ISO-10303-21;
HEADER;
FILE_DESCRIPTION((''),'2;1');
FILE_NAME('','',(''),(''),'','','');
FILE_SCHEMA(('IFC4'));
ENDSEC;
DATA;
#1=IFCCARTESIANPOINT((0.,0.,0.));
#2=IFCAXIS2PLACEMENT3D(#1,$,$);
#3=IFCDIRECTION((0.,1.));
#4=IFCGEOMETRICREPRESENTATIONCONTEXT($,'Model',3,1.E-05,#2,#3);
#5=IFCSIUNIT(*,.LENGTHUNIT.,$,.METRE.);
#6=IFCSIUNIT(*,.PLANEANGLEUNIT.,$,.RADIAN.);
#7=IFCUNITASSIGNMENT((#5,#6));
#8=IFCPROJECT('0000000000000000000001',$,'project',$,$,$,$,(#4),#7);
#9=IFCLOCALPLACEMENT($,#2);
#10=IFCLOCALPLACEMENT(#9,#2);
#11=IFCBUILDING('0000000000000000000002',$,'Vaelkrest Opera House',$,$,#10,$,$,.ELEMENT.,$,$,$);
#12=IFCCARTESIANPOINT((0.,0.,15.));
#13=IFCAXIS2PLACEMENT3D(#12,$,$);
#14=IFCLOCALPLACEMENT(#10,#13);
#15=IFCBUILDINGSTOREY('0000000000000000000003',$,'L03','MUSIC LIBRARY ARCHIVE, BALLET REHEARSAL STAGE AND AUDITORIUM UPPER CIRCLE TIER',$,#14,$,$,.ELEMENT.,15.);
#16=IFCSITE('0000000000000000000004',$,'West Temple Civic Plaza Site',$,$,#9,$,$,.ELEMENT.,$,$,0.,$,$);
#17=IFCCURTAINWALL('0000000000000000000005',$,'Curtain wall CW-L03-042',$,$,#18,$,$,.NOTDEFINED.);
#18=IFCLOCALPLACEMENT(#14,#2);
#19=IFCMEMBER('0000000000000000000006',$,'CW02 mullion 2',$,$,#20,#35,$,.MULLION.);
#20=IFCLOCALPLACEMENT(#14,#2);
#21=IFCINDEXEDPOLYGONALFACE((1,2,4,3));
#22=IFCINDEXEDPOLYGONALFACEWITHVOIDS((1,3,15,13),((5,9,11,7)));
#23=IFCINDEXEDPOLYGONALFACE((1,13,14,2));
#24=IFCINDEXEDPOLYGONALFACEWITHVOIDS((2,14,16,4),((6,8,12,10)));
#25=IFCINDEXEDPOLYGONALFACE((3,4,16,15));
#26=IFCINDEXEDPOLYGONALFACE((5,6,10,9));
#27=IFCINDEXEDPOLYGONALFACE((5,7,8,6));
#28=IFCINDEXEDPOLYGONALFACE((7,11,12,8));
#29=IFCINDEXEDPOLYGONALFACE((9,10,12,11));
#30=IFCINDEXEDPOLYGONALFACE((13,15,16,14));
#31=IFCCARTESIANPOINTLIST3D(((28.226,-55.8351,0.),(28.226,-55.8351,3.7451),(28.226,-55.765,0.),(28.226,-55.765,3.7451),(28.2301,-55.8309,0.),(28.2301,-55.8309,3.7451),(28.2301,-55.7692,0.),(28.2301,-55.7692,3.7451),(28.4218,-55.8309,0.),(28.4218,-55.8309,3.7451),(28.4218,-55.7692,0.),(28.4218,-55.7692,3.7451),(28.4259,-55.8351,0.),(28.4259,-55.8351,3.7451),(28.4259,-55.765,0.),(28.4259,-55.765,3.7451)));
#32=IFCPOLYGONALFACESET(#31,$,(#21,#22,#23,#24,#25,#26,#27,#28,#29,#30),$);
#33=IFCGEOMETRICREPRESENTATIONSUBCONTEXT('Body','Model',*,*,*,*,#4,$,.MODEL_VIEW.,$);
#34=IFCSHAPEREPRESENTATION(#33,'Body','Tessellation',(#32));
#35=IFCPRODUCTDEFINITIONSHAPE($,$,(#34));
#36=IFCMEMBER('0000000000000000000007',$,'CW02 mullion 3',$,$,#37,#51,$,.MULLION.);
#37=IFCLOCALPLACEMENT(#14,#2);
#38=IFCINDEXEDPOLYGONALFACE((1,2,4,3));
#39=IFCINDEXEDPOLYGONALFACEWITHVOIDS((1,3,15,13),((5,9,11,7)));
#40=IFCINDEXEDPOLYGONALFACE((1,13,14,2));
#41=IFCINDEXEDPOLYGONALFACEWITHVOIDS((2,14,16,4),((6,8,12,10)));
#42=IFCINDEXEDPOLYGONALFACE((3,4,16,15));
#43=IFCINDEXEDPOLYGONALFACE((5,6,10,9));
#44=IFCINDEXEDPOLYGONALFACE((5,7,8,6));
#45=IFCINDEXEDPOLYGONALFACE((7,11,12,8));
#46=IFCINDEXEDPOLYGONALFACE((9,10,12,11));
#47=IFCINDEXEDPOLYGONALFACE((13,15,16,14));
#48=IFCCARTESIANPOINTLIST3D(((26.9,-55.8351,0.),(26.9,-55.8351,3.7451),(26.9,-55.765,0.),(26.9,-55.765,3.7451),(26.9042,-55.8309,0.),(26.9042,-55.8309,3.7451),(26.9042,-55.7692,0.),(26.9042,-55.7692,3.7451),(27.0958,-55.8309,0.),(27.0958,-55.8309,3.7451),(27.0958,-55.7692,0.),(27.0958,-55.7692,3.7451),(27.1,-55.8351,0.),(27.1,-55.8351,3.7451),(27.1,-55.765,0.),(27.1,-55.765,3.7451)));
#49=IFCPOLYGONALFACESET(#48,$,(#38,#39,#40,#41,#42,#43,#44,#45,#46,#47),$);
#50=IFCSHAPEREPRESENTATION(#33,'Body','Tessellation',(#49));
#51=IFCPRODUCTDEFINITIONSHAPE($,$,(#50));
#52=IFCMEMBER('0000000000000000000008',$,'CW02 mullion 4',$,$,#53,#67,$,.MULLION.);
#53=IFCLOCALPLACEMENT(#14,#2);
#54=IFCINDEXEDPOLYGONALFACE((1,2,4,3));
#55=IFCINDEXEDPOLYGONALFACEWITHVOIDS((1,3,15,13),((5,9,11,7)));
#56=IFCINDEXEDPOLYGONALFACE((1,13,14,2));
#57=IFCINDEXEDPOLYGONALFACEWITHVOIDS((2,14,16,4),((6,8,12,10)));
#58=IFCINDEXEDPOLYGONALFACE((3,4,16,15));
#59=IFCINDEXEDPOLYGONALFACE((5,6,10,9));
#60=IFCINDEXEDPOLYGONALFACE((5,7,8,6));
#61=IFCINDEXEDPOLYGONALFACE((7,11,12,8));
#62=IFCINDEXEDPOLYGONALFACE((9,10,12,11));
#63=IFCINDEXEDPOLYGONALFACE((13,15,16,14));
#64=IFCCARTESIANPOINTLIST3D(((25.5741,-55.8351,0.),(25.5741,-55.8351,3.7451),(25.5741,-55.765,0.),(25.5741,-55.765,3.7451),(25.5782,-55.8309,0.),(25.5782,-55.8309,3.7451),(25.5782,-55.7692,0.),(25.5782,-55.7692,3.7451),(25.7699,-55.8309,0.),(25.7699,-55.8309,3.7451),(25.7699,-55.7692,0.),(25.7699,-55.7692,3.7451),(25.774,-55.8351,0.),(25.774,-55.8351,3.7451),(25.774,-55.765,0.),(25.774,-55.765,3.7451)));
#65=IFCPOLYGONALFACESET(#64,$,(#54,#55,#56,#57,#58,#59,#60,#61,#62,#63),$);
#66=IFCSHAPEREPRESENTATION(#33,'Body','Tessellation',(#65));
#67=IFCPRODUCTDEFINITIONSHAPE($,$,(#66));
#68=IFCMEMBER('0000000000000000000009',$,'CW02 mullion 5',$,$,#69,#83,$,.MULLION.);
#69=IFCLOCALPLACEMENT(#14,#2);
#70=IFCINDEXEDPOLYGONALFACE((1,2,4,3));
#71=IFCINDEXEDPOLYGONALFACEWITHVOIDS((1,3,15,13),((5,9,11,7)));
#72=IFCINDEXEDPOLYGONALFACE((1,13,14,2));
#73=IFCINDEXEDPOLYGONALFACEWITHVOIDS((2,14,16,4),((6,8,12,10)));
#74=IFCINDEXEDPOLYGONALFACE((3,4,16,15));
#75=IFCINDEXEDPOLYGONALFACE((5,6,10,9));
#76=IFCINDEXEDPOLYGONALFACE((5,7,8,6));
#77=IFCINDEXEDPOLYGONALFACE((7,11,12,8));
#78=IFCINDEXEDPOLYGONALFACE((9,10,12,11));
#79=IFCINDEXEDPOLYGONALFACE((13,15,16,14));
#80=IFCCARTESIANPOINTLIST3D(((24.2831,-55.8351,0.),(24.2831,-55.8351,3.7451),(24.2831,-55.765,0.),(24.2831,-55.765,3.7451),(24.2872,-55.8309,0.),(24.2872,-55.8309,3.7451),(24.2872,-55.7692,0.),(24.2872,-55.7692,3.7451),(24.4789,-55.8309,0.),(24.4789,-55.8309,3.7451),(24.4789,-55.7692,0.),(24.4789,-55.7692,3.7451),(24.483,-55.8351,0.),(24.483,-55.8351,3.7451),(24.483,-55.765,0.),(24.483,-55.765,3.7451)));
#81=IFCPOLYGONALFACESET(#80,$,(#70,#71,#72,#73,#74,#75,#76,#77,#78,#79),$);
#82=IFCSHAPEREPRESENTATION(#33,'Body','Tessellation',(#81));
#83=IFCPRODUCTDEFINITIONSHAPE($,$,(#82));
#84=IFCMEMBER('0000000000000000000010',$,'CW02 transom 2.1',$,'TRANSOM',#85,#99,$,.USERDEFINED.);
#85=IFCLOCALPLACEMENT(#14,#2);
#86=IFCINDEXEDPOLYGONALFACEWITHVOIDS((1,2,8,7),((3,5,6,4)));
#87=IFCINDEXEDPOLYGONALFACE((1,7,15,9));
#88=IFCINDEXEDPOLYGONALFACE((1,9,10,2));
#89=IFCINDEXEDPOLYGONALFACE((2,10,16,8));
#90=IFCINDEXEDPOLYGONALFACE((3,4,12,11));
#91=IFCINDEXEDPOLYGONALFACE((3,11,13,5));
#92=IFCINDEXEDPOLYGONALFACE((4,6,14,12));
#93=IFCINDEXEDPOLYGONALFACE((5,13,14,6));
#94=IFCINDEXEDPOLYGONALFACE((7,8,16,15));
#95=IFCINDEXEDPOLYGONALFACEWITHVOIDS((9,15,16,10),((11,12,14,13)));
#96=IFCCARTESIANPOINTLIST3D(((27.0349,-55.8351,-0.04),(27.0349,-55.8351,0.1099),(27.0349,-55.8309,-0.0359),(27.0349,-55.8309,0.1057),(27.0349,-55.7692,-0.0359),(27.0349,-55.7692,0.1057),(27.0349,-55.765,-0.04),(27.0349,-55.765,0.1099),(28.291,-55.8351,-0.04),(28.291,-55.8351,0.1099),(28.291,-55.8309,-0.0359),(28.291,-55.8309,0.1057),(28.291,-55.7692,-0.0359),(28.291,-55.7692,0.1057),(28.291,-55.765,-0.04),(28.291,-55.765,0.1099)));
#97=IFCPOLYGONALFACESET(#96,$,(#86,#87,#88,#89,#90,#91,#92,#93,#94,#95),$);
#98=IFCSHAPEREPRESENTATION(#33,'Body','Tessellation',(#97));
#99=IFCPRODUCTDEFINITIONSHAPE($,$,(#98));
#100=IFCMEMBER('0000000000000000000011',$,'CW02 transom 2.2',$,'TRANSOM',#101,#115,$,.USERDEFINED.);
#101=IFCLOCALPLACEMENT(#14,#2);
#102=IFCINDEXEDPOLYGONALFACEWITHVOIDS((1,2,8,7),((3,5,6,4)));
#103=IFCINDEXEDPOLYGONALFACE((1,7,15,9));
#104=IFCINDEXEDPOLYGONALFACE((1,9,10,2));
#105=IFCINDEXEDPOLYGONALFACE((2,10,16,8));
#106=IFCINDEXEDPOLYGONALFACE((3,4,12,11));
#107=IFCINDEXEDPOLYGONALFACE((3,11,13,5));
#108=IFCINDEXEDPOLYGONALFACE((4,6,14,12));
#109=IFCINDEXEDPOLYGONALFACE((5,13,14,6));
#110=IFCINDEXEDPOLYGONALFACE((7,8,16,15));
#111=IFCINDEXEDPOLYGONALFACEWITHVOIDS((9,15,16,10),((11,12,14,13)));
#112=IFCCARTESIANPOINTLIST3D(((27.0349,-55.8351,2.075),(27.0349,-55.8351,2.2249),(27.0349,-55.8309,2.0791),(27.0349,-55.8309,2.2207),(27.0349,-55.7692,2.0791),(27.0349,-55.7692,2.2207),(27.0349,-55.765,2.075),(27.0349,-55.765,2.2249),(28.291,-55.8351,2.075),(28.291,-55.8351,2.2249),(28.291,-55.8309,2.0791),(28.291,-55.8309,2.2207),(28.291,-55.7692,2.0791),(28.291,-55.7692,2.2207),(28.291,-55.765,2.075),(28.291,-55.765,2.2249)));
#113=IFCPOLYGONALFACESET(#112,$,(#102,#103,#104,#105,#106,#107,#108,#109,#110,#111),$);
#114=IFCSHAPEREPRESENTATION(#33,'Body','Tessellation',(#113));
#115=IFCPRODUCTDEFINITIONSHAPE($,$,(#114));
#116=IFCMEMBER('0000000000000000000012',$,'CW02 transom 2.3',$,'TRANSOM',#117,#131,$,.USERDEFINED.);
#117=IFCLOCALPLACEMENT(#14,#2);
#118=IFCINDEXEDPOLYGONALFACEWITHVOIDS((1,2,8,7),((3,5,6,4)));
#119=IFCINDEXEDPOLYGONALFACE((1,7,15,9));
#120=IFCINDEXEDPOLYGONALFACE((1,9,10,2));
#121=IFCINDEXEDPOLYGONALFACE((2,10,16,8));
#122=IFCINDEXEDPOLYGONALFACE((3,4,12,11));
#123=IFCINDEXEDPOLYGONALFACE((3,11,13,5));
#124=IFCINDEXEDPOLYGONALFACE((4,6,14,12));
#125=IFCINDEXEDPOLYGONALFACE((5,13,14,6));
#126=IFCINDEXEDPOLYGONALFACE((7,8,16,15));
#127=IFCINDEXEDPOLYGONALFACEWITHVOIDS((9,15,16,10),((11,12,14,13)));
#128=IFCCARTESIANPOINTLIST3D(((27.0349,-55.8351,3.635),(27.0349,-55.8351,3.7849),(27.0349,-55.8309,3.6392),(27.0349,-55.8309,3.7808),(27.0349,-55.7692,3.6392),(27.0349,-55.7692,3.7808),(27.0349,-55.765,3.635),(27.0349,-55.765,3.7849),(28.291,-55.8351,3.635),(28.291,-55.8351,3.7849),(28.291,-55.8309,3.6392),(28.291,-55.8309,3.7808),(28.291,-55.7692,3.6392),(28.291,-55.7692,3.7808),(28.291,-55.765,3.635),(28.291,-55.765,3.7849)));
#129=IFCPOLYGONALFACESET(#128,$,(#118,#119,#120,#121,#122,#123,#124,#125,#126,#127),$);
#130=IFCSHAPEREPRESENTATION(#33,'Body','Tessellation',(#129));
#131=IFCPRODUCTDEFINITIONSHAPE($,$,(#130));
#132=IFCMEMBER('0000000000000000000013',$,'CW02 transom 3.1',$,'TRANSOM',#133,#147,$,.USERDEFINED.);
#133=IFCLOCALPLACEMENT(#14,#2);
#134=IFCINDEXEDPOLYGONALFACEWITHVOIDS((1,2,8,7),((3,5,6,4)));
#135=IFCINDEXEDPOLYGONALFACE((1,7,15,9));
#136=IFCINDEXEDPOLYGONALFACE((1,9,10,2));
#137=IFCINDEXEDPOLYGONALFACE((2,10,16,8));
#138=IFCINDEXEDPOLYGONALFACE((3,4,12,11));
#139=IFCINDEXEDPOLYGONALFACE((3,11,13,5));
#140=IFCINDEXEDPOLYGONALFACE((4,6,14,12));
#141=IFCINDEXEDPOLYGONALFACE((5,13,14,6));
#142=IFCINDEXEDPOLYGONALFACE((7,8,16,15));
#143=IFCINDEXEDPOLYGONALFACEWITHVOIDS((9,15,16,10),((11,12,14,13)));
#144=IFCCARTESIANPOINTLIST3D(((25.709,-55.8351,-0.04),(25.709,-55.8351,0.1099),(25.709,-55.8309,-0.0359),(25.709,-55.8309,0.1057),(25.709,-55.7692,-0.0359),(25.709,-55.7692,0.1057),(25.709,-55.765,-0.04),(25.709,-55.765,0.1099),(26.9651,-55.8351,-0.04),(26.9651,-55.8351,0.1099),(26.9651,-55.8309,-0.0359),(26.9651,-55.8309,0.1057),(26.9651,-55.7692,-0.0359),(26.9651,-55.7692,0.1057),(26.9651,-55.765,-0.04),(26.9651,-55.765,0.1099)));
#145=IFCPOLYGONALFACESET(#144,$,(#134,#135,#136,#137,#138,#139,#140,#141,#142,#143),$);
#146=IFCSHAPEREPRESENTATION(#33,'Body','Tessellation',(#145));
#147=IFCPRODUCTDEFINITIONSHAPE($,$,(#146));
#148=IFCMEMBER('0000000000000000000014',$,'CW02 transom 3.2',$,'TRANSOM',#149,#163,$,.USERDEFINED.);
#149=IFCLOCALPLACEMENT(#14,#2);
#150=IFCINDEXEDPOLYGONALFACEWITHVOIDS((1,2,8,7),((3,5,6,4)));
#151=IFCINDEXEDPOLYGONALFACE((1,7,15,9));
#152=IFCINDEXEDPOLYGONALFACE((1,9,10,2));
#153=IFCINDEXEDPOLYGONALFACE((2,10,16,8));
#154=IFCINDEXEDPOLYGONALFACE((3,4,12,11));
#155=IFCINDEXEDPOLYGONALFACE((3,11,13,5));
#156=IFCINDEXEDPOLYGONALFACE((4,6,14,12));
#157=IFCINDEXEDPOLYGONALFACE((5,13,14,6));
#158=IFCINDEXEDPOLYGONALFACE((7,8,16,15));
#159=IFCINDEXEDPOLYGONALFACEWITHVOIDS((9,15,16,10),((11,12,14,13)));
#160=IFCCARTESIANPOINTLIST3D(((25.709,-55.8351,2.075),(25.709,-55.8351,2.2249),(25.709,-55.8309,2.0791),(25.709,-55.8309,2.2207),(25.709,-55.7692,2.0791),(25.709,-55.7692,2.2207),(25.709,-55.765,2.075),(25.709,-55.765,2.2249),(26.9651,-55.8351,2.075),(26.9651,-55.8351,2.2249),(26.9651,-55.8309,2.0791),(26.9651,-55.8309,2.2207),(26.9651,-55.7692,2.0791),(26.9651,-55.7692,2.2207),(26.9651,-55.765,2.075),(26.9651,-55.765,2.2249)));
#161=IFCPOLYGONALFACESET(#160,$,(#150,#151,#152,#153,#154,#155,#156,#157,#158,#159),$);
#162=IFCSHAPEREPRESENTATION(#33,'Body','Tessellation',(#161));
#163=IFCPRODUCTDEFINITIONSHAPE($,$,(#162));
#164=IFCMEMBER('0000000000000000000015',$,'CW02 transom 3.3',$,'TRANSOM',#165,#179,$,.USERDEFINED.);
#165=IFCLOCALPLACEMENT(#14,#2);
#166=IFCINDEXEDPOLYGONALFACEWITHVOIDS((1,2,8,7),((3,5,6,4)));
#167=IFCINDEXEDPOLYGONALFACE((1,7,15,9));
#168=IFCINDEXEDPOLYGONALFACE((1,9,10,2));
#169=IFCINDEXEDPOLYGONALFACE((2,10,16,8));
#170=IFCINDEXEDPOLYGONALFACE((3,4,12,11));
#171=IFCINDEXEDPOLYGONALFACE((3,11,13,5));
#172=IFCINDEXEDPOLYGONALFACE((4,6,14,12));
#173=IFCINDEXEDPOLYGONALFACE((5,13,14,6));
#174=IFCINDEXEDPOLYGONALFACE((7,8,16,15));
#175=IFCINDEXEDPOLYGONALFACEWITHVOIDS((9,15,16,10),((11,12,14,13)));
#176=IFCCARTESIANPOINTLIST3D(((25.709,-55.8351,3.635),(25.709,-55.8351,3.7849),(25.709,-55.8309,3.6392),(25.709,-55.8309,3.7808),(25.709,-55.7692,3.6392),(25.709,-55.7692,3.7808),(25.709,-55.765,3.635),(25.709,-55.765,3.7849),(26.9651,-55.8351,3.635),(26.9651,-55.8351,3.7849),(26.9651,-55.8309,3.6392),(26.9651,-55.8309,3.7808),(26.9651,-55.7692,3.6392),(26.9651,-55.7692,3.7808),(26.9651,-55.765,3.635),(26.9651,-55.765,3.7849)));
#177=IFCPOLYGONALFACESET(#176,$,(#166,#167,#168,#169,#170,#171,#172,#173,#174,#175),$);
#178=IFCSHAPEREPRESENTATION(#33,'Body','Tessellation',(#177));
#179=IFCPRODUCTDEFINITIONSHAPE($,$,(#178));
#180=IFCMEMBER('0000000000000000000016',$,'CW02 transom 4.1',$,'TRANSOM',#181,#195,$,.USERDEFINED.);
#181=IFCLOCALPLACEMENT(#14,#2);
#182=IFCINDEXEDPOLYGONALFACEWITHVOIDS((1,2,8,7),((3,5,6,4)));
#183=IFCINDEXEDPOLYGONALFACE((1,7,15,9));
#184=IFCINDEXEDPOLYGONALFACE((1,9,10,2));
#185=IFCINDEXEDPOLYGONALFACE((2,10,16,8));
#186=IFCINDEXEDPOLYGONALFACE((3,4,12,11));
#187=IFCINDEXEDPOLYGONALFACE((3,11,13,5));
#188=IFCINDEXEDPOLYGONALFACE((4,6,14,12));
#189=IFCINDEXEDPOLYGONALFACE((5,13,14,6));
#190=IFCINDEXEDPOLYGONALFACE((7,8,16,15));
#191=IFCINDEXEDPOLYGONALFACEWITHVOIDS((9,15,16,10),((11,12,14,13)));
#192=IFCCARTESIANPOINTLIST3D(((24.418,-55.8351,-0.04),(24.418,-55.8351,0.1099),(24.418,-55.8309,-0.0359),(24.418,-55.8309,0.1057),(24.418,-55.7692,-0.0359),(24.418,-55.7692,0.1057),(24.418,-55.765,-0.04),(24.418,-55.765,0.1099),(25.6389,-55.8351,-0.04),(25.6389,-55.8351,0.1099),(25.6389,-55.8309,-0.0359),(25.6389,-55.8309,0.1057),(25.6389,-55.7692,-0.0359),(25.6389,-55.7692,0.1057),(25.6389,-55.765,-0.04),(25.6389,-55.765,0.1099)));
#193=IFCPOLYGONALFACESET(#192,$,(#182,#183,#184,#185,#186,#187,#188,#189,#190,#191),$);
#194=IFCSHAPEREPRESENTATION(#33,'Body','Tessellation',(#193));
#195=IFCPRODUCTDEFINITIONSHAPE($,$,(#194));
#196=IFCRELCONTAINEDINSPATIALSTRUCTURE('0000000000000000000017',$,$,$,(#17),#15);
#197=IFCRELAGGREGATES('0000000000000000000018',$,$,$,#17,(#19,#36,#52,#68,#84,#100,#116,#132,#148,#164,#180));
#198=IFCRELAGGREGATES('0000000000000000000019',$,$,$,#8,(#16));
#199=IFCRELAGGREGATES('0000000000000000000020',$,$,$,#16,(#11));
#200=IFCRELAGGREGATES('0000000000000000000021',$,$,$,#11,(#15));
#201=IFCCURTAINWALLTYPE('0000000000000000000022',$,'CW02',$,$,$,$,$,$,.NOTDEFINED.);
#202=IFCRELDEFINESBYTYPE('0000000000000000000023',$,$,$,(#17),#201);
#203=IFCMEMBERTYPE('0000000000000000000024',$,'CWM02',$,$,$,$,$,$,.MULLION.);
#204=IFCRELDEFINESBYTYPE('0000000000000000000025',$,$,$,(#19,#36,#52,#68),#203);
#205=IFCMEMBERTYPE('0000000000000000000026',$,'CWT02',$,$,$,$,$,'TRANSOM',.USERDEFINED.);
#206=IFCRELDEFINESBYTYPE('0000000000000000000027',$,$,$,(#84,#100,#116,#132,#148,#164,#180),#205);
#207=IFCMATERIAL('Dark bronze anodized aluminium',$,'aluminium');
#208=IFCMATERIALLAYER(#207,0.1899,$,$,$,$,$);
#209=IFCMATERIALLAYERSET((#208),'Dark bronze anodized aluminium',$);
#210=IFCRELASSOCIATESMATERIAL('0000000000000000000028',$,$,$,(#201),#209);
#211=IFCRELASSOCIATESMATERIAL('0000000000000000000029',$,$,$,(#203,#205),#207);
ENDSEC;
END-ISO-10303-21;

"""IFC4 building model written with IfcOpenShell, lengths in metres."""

from ifc_helpers import new_model, si_unit, direction, frame, origin, origin_2d, place, context, subcontext, project, spatial, hollow_rectangle, extrude, material, layer, layer_set, material_profile, profile_set, type_object, element, aggregate, save


model = new_model("IFC4")

# Units and contexts
model_context = context("Model", 3, precision=1e-05, world=origin(), true_north=direction((0.0, 1.0)))
body_context = subcontext(model_context, "Body", "Model", "MODEL_VIEW")
ifc_project = project(units=[si_unit("LENGTHUNIT", "METRE"), si_unit("PLANEANGLEUNIT", "RADIAN")], contexts=[model_context])

# Site, building, storey
site_placement = place(None, origin())
site = spatial("IfcSite", under=ifc_project, at=site_placement, Name="West Temple Civic Plaza Site", CompositionType="ELEMENT", RefElevation=0.0)
building_placement = place(site_placement, origin())
building = spatial("IfcBuilding", under=site, at=building_placement, Name="Vaelkrest Opera House", CompositionType="ELEMENT")
storey_placement = place(building_placement, frame((0.0, 0.0, 15.0)))
storey = spatial("IfcBuildingStorey", under=building, at=storey_placement, Name="L03", Description="MUSIC LIBRARY ARCHIVE, BALLET REHEARSAL STAGE AND AUDITORIUM UPPER CIRCLE TIER", CompositionType="ELEMENT", Elevation=15.0)

# Curtain wall, members
ifc_material_1 = material(Name="Dark bronze anodized aluminium", Category="aluminium")
ifc_layer_1 = layer(ifc_material_1, 0.1899)
ifc_layer_set_1 = layer_set([ifc_layer_1], Name="Dark bronze anodized aluminium")
curtain_wall_type = type_object("IfcCurtainWallType", Name="CW02", PredefinedType="NOTDEFINED", material=ifc_layer_set_1)
curtain_wall_placement = place(storey_placement, origin())
curtain_wall = element("IfcCurtainWall", 1, at=curtain_wall_placement, inside=storey, type_object=curtain_wall_type, Name="Curtain wall CW-L03-042", PredefinedType="NOTDEFINED")
ifc_material_profile_1 = material_profile(ifc_material_1, hollow_rectangle(XDim=0.0701, YDim=0.2, WallThickness=0.0042, at=origin_2d()), Name="CWM70X200")
ifc_profile_set_1 = profile_set([ifc_material_profile_1], Name="Dark bronze anodized aluminium")
member_type_1 = type_object("IfcMemberType", Name="CWM02", PredefinedType="MULLION", material=ifc_profile_set_1)
member_1_placement = place(storey_placement, frame((28.3259, -55.8, 0.0), z_axis=(0.0, 0.0, 1.0), x_axis=(0.0, -1.0, 0.0)))
member_1 = element("IfcMember", 2, at=member_1_placement, type_object=member_type_1, Name="CW02 mullion 2", PredefinedType="MULLION", context=body_context, shape_type="SweptSolid", body=[
    extrude(hollow_rectangle(XDim=0.0701, YDim=0.2, WallThickness=0.0042, at=origin_2d()), origin(), (0.0, 0.0, 1.0), 3.7451),
])
member_2_placement = place(storey_placement, frame((27.0, -55.8, 0.0), z_axis=(0.0, 0.0, 1.0), x_axis=(0.0, -1.0, 0.0)))
member_2 = element("IfcMember", 3, at=member_2_placement, type_object=member_type_1, Name="CW02 mullion 3", PredefinedType="MULLION", context=body_context, shape_type="SweptSolid", body=[
    extrude(hollow_rectangle(XDim=0.0701, YDim=0.2, WallThickness=0.0042, at=origin_2d()), origin(), (0.0, 0.0, 1.0), 3.7451),
])
member_3_placement = place(storey_placement, frame((25.6741, -55.8, 0.0), z_axis=(0.0, 0.0, 1.0), x_axis=(0.0, -1.0, 0.0)))
member_3 = element("IfcMember", 4, at=member_3_placement, type_object=member_type_1, Name="CW02 mullion 4", PredefinedType="MULLION", context=body_context, shape_type="SweptSolid", body=[
    extrude(hollow_rectangle(XDim=0.0701, YDim=0.2, WallThickness=0.0042, at=origin_2d()), origin(), (0.0, 0.0, 1.0), 3.7451),
])
member_4_placement = place(storey_placement, frame((24.3831, -55.8, 0.0), z_axis=(0.0, 0.0, 1.0), x_axis=(0.0, -1.0, 0.0)))
member_4 = element("IfcMember", 5, at=member_4_placement, type_object=member_type_1, Name="CW02 mullion 5", PredefinedType="MULLION", context=body_context, shape_type="SweptSolid", body=[
    extrude(hollow_rectangle(XDim=0.0701, YDim=0.2, WallThickness=0.0042, at=origin_2d()), origin(), (0.0, 0.0, 1.0), 3.7451),
])
ifc_material_profile_2 = material_profile(ifc_material_1, hollow_rectangle(XDim=0.0701, YDim=0.1499, WallThickness=0.0042, at=origin_2d()), Name="CWT70X150")
ifc_profile_set_2 = profile_set([ifc_material_profile_2], Name="Dark bronze anodized aluminium")
member_type_2 = type_object("IfcMemberType", Name="CWT02", ElementType="TRANSOM", PredefinedType="USERDEFINED", material=ifc_profile_set_2)
member_5_placement = place(storey_placement, frame((28.291, -55.8, 0.0349), z_axis=(-1.0, 0.0, 0.0), x_axis=(0.0, -1.0, 0.0)))
member_5 = element("IfcMember", 6, at=member_5_placement, type_object=member_type_2, Name="CW02 transom 2.1", ObjectType="TRANSOM", PredefinedType="USERDEFINED", context=body_context, shape_type="SweptSolid", body=[
    extrude(hollow_rectangle(XDim=0.0701, YDim=0.1499, WallThickness=0.0042, at=origin_2d()), origin(), (0.0, 0.0, 1.0), 1.2561),
])
member_6_placement = place(storey_placement, frame((28.291, -55.8, 2.1499), z_axis=(-1.0, 0.0, 0.0), x_axis=(0.0, -1.0, 0.0)))
member_6 = element("IfcMember", 7, at=member_6_placement, type_object=member_type_2, Name="CW02 transom 2.2", ObjectType="TRANSOM", PredefinedType="USERDEFINED", context=body_context, shape_type="SweptSolid", body=[
    extrude(hollow_rectangle(XDim=0.0701, YDim=0.1499, WallThickness=0.0042, at=origin_2d()), origin(), (0.0, 0.0, 1.0), 1.2561),
])
member_7_placement = place(storey_placement, frame((28.291, -55.8, 3.71), z_axis=(-1.0, 0.0, 0.0), x_axis=(0.0, -1.0, 0.0)))
member_7 = element("IfcMember", 8, at=member_7_placement, type_object=member_type_2, Name="CW02 transom 2.3", ObjectType="TRANSOM", PredefinedType="USERDEFINED", context=body_context, shape_type="SweptSolid", body=[
    extrude(hollow_rectangle(XDim=0.0701, YDim=0.1499, WallThickness=0.0042, at=origin_2d()), origin(), (0.0, 0.0, 1.0), 1.2561),
])
member_8_placement = place(storey_placement, frame((26.9651, -55.8, 0.0349), z_axis=(-1.0, 0.0, 0.0), x_axis=(0.0, -1.0, 0.0)))
member_8 = element("IfcMember", 9, at=member_8_placement, type_object=member_type_2, Name="CW02 transom 3.1", ObjectType="TRANSOM", PredefinedType="USERDEFINED", context=body_context, shape_type="SweptSolid", body=[
    extrude(hollow_rectangle(XDim=0.0701, YDim=0.1499, WallThickness=0.0042, at=origin_2d()), origin(), (0.0, 0.0, 1.0), 1.2561),
])
member_9_placement = place(storey_placement, frame((26.9651, -55.8, 2.1499), z_axis=(-1.0, 0.0, 0.0), x_axis=(0.0, -1.0, 0.0)))
member_9 = element("IfcMember", 10, at=member_9_placement, type_object=member_type_2, Name="CW02 transom 3.2", ObjectType="TRANSOM", PredefinedType="USERDEFINED", context=body_context, shape_type="SweptSolid", body=[
    extrude(hollow_rectangle(XDim=0.0701, YDim=0.1499, WallThickness=0.0042, at=origin_2d()), origin(), (0.0, 0.0, 1.0), 1.2561),
])
member_10_placement = place(storey_placement, frame((26.9651, -55.8, 3.71), z_axis=(-1.0, 0.0, 0.0), x_axis=(0.0, -1.0, 0.0)))
member_10 = element("IfcMember", 11, at=member_10_placement, type_object=member_type_2, Name="CW02 transom 3.3", ObjectType="TRANSOM", PredefinedType="USERDEFINED", context=body_context, shape_type="SweptSolid", body=[
    extrude(hollow_rectangle(XDim=0.0701, YDim=0.1499, WallThickness=0.0042, at=origin_2d()), origin(), (0.0, 0.0, 1.0), 1.2561),
])
member_11_placement = place(storey_placement, frame((25.6389, -55.8, 0.0349), z_axis=(-1.0, 0.0, 0.0), x_axis=(0.0, -1.0, 0.0)))
member_11 = element("IfcMember", 12, at=member_11_placement, type_object=member_type_2, Name="CW02 transom 4.1", ObjectType="TRANSOM", PredefinedType="USERDEFINED", context=body_context, shape_type="SweptSolid", body=[
    extrude(hollow_rectangle(XDim=0.0701, YDim=0.1499, WallThickness=0.0042, at=origin_2d()), origin(), (0.0, 0.0, 1.0), 1.2209),
])

aggregate(curtain_wall, [member_1, member_2, member_3, member_4, member_5, member_6, member_7, member_8, member_9, member_10, member_11])

save(model, "model.ifc")
